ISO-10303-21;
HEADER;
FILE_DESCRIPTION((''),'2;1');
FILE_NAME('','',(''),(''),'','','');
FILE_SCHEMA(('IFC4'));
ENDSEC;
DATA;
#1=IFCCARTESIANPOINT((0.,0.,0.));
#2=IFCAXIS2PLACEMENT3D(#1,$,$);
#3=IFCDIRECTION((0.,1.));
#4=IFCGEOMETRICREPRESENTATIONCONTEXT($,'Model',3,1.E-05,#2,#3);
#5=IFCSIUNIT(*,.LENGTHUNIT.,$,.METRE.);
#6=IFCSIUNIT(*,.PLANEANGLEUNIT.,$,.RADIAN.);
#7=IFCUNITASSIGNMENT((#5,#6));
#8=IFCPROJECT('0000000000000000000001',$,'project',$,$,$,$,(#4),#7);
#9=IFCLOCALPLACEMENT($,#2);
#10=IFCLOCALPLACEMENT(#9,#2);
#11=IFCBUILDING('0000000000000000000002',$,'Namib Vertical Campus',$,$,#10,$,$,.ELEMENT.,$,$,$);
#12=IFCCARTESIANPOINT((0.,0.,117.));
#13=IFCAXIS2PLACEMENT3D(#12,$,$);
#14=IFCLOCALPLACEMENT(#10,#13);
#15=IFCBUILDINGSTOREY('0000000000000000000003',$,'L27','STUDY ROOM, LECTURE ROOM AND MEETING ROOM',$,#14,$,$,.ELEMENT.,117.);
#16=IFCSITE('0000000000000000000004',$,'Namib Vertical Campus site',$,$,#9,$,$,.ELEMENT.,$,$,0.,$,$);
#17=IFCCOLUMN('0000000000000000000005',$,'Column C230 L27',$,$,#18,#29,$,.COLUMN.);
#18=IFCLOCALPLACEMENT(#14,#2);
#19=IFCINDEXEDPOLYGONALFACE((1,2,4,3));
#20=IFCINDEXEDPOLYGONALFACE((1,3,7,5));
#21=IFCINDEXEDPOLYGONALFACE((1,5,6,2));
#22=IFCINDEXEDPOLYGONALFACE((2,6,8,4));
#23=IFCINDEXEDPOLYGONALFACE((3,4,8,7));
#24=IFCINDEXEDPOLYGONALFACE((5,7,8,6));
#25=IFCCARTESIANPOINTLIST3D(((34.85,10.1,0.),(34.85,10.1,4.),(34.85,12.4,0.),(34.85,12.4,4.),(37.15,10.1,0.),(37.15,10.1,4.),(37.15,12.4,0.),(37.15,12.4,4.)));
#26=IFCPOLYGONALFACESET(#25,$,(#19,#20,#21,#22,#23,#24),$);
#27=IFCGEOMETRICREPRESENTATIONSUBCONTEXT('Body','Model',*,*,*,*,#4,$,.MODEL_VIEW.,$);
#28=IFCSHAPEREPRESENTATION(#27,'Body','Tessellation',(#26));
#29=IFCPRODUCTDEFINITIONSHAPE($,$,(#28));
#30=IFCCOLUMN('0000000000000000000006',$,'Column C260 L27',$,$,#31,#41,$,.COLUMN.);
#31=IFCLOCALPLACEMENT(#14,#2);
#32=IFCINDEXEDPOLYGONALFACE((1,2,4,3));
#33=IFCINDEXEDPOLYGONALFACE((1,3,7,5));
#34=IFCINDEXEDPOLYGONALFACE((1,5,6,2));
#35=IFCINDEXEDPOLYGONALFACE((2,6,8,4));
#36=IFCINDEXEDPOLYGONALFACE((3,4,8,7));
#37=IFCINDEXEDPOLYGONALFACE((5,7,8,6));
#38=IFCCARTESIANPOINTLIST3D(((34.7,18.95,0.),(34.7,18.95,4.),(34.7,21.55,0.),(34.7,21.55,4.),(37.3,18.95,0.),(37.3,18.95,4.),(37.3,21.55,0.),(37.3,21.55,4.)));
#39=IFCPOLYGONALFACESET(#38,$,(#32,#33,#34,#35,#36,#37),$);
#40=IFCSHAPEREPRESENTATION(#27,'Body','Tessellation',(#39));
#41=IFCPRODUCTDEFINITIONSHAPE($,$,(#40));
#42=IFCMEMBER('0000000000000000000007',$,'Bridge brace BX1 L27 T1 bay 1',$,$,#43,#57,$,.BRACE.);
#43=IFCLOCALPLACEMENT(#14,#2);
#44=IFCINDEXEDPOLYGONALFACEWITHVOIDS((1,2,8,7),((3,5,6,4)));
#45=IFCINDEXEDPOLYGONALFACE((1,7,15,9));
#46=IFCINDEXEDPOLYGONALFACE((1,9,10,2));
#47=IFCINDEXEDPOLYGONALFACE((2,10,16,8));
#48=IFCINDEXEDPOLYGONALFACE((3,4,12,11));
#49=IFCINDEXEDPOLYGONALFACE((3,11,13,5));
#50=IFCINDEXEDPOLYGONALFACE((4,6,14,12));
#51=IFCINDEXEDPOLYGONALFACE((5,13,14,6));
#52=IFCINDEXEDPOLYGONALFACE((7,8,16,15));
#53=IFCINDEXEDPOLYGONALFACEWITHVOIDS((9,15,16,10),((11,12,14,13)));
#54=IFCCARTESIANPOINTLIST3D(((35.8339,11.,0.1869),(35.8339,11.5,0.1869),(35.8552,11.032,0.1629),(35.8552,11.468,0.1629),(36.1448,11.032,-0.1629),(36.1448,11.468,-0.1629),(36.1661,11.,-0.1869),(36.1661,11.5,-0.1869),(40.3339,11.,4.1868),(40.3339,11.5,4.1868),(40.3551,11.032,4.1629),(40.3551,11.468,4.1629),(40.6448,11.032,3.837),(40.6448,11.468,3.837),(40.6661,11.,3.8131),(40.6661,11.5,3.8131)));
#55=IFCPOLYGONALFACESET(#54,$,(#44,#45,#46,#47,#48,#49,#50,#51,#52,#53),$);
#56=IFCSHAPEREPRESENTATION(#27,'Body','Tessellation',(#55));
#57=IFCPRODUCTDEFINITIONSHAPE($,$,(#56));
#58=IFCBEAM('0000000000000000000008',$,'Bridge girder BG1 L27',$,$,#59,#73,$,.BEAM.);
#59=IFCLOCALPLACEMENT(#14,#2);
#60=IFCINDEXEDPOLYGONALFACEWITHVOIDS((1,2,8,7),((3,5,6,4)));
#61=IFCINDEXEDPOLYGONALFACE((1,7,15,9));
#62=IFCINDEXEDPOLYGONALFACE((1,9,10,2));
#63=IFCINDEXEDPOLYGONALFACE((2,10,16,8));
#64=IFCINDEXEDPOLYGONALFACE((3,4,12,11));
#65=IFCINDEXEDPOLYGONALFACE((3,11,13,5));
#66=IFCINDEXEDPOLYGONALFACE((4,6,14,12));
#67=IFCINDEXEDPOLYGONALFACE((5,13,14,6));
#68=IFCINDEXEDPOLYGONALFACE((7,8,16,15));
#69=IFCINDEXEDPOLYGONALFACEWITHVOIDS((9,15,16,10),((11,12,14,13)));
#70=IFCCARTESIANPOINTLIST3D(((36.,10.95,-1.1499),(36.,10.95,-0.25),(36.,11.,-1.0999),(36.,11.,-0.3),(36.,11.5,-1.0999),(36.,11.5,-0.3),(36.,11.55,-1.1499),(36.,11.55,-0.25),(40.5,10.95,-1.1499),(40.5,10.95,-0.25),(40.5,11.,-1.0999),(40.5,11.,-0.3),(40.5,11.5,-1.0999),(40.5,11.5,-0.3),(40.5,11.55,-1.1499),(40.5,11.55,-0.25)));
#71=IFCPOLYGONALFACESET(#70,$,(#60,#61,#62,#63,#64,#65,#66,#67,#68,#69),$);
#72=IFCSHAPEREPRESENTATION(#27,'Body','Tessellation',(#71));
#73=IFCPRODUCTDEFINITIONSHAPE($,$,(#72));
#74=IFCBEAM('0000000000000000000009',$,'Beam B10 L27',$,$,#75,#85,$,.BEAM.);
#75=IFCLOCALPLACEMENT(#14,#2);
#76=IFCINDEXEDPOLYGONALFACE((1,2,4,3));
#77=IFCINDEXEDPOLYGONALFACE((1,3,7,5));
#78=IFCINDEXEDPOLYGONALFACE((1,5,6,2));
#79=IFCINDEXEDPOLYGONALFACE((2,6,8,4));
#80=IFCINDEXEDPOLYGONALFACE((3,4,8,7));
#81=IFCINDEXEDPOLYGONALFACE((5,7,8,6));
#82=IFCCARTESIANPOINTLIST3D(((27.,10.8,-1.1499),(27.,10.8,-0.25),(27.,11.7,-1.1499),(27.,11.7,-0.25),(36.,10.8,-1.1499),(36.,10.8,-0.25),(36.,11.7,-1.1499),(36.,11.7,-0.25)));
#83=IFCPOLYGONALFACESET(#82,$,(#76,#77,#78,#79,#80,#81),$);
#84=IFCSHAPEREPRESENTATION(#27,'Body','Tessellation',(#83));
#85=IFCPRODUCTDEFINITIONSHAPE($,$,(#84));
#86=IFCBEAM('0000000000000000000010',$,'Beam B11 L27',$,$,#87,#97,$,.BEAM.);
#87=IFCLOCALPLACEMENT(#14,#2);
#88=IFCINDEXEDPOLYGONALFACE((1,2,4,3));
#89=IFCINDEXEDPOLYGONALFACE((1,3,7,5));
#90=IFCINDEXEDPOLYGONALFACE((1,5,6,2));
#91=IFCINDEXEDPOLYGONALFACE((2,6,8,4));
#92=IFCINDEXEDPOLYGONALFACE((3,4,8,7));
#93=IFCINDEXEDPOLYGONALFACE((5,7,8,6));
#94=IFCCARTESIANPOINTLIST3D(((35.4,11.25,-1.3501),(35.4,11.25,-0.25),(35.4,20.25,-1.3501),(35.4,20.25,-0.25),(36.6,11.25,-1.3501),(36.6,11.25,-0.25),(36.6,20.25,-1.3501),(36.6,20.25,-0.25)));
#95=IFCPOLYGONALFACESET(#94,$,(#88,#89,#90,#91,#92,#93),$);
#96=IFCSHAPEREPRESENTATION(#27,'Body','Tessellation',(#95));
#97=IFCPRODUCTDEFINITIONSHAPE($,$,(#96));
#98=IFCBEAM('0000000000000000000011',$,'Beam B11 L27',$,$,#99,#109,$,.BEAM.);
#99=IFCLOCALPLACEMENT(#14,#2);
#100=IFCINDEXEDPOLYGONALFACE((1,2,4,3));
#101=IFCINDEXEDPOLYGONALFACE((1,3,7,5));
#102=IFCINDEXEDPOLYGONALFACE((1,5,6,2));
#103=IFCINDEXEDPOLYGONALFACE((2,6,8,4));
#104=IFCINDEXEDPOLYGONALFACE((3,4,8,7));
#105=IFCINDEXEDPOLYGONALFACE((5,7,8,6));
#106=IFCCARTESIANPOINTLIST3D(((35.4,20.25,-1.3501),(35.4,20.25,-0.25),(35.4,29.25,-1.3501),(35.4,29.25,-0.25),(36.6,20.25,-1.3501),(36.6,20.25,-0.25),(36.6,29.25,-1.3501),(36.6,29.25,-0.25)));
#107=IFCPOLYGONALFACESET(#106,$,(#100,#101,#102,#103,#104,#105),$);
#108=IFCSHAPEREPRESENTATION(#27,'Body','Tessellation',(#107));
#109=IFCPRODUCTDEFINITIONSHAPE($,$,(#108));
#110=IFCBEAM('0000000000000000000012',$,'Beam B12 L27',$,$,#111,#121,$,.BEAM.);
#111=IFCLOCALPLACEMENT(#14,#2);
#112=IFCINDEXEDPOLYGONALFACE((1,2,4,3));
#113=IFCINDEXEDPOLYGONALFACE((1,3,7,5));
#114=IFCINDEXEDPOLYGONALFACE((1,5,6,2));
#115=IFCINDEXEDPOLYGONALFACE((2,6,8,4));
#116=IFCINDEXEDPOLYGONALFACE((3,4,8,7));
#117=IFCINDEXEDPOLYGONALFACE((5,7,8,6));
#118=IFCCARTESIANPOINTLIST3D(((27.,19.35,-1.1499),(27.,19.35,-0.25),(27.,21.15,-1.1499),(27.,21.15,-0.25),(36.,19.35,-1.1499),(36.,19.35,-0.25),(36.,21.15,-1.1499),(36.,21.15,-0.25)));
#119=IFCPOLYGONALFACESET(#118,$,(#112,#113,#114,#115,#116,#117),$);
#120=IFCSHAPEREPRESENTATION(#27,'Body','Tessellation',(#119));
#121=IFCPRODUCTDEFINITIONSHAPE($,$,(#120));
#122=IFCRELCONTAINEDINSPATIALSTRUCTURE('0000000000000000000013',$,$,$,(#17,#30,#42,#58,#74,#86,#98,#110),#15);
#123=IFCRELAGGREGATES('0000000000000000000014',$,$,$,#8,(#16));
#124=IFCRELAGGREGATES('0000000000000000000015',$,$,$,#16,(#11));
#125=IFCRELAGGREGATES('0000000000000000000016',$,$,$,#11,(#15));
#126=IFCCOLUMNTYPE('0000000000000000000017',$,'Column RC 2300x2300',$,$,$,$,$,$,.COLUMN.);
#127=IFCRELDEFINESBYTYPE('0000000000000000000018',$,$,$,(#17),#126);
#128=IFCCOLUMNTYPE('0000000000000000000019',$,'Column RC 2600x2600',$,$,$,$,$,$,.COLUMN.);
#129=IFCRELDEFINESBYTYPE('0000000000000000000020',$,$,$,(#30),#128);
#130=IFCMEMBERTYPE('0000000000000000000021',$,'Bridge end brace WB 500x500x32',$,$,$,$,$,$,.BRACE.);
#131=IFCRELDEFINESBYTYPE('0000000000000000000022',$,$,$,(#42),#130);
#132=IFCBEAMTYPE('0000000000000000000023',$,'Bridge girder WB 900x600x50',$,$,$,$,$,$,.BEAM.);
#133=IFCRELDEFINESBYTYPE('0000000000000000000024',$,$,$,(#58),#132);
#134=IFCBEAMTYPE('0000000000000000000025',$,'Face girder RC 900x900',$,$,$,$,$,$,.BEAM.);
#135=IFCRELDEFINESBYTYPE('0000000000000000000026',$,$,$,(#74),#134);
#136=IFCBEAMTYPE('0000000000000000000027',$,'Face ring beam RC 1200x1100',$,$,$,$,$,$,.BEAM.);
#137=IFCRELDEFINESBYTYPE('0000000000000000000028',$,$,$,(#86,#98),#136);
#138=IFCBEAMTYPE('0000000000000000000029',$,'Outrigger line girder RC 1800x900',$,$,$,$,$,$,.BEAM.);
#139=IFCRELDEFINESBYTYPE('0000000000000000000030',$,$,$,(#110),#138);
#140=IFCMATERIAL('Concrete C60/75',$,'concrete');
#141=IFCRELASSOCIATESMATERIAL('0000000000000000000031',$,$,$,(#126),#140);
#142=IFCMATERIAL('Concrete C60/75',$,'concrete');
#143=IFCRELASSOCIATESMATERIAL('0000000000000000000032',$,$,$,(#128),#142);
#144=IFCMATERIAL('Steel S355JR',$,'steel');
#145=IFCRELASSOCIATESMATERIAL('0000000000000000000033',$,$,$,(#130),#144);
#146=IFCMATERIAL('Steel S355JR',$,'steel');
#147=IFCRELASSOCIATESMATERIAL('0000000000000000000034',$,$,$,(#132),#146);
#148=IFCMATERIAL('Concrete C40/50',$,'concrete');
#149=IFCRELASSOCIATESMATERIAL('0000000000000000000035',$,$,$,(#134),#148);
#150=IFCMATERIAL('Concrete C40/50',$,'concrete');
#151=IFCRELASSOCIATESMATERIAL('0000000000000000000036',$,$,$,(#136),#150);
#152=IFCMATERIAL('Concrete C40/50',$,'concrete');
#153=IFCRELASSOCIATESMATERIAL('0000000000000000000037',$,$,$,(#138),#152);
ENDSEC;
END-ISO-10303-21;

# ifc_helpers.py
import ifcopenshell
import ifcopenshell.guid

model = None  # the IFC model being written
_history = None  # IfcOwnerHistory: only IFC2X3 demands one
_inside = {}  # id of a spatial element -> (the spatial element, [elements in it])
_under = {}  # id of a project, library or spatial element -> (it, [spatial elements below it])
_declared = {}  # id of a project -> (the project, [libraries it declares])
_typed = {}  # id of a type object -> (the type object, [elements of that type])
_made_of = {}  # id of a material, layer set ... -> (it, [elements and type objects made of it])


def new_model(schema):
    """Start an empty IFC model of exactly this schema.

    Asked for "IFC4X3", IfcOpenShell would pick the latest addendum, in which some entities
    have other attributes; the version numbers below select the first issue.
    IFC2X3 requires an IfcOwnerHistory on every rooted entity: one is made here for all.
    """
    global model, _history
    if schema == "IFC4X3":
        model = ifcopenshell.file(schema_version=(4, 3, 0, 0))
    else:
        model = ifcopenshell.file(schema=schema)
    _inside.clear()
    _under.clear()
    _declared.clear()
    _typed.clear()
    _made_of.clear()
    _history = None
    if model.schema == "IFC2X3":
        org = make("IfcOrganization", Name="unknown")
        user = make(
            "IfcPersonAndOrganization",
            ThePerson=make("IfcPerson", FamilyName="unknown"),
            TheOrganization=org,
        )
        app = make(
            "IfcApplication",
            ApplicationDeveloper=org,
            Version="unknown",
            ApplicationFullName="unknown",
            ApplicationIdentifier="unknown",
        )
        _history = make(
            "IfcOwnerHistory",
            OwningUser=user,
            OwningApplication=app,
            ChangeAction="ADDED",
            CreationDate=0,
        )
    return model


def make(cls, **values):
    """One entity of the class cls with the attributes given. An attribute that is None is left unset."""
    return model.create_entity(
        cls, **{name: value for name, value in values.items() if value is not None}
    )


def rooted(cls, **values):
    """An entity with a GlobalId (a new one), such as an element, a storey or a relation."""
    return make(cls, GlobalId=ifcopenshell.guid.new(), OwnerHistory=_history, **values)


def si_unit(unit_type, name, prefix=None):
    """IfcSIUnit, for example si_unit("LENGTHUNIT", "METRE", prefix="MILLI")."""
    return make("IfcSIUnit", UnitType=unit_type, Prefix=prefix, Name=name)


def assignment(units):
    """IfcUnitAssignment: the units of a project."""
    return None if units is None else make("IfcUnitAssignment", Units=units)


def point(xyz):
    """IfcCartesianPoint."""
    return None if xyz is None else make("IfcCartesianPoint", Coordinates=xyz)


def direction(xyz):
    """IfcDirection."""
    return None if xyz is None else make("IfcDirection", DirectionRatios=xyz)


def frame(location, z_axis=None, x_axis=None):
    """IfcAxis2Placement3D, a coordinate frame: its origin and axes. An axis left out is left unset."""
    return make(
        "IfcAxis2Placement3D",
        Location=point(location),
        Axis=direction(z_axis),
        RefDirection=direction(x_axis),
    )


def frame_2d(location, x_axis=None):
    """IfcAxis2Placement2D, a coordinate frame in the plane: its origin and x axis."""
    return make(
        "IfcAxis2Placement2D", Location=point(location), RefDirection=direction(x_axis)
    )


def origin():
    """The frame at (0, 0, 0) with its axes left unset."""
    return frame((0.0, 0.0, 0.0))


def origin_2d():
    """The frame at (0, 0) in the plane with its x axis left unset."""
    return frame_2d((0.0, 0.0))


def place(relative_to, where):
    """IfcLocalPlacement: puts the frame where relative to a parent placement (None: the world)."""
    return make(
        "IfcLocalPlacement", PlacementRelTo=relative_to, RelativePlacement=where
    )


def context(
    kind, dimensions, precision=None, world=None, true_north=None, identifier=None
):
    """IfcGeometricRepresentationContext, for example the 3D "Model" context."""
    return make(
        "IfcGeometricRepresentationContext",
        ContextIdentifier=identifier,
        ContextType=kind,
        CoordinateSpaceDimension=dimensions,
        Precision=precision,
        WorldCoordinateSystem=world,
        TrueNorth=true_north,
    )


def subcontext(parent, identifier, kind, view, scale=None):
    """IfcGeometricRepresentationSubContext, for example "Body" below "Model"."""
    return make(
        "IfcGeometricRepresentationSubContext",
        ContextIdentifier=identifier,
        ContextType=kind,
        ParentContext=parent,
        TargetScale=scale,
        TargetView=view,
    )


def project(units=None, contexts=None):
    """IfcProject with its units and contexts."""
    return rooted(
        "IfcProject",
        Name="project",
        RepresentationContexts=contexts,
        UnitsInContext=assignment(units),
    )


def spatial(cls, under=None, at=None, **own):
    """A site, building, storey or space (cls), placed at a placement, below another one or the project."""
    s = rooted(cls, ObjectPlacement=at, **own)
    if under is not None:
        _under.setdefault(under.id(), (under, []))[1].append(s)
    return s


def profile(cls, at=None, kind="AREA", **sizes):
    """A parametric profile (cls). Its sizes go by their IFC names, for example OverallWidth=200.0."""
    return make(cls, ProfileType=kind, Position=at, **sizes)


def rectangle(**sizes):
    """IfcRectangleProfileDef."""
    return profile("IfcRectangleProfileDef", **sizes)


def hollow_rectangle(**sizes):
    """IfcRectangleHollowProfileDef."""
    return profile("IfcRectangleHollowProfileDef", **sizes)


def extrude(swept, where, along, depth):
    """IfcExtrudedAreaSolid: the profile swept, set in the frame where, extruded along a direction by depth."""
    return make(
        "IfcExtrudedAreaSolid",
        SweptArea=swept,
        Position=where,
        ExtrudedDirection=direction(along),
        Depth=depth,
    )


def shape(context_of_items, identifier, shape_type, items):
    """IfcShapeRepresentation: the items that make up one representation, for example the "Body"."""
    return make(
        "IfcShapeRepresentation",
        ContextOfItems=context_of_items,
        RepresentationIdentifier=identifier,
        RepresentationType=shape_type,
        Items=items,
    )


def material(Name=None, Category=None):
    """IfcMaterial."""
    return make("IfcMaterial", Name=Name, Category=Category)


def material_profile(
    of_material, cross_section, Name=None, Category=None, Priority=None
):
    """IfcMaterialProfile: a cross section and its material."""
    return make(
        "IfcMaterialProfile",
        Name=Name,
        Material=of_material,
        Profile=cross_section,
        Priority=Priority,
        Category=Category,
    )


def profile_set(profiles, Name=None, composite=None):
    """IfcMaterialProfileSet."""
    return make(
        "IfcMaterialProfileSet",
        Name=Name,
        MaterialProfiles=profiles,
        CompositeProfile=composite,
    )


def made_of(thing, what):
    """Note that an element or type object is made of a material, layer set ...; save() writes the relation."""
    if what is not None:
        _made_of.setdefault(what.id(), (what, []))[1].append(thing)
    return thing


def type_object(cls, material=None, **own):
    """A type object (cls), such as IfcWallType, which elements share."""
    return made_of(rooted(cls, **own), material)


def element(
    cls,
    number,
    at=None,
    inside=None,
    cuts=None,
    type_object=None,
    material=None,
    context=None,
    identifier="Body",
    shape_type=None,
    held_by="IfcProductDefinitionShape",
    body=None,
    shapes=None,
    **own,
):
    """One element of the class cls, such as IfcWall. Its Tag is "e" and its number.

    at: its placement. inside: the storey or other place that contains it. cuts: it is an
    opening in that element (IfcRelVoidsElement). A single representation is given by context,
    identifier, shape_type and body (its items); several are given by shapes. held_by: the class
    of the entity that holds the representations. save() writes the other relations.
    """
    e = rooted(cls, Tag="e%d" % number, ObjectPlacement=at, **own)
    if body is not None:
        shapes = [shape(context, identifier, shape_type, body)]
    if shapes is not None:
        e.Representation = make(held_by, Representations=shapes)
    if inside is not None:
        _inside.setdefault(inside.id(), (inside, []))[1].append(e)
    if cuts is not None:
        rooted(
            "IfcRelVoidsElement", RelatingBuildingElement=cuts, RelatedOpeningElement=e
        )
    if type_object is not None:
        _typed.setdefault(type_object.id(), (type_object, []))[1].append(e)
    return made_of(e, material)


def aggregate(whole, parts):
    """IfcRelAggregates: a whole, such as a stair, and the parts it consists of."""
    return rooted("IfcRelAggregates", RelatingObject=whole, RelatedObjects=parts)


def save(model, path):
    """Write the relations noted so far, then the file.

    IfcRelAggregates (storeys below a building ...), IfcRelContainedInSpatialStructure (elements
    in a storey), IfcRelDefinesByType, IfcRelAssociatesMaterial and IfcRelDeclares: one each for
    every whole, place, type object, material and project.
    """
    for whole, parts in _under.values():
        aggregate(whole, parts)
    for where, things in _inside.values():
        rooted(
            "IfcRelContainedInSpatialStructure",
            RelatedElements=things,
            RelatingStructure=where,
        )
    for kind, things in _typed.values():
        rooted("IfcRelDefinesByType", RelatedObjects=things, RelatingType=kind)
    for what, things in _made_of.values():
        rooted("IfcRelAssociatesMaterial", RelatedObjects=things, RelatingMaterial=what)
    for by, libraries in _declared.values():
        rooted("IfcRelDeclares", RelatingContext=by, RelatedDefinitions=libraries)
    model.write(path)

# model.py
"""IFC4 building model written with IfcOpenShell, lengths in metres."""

from ifc_helpers import new_model, si_unit, direction, frame, origin, origin_2d, place, context, subcontext, project, spatial, rectangle, hollow_rectangle, extrude, material, material_profile, profile_set, type_object, element, save


model = new_model("IFC4")

# Units and contexts
model_context = context("Model", 3, precision=1e-05, world=origin(), true_north=direction((0.0, 1.0)))
body_context = subcontext(model_context, "Body", "Model", "MODEL_VIEW")
ifc_project = project(units=[si_unit("LENGTHUNIT", "METRE"), si_unit("PLANEANGLEUNIT", "RADIAN")], contexts=[model_context])

# Site, building, storey
site_placement = place(None, origin())
site = spatial("IfcSite", under=ifc_project, at=site_placement, Name="Namib Vertical Campus site", CompositionType="ELEMENT", RefElevation=0.0)
building_placement = place(site_placement, origin())
building = spatial("IfcBuilding", under=site, at=building_placement, Name="Namib Vertical Campus", CompositionType="ELEMENT")
storey_placement = place(building_placement, frame((0.0, 0.0, 117.0)))
storey = spatial("IfcBuildingStorey", under=building, at=storey_placement, Name="L27", Description="STUDY ROOM, LECTURE ROOM AND MEETING ROOM", CompositionType="ELEMENT", Elevation=117.0)

# Columns
ifc_material_1 = material(Name="Concrete C60/75", Category="concrete")
ifc_material_profile_1 = material_profile(ifc_material_1, rectangle(XDim=2.3, YDim=2.3, at=origin_2d()))
ifc_profile_set_1 = profile_set([ifc_material_profile_1], Name="Concrete C60/75")
column_type_1 = type_object("IfcColumnType", Name="Column RC 2300x2300", PredefinedType="COLUMN", material=ifc_profile_set_1)
column_1_placement = place(storey_placement, frame((36.0, 11.25, 0.0), z_axis=(0.0, 0.0, 1.0), x_axis=(1.0, 0.0, 0.0)))
element("IfcColumn", 1, at=column_1_placement, inside=storey, type_object=column_type_1, Name="Column C230 L27", PredefinedType="COLUMN", context=body_context, shape_type="SweptSolid", body=[
    extrude(rectangle(XDim=2.3, YDim=2.3, at=origin_2d()), origin(), (0.0, 0.0, 1.0), 4.0),
])
ifc_material_2 = material(Name="Concrete C60/75", Category="concrete")
ifc_material_profile_2 = material_profile(ifc_material_2, rectangle(XDim=2.6001, YDim=2.6001, at=origin_2d()))
ifc_profile_set_2 = profile_set([ifc_material_profile_2], Name="Concrete C60/75")
column_type_2 = type_object("IfcColumnType", Name="Column RC 2600x2600", PredefinedType="COLUMN", material=ifc_profile_set_2)
column_2_placement = place(storey_placement, frame((36.0, 20.25, 0.0), z_axis=(0.0, 0.0, 1.0), x_axis=(1.0, 0.0, 0.0)))
element("IfcColumn", 2, at=column_2_placement, inside=storey, type_object=column_type_2, Name="Column C260 L27", PredefinedType="COLUMN", context=body_context, shape_type="SweptSolid", body=[
    extrude(rectangle(XDim=2.6001, YDim=2.6001, at=origin_2d()), origin(), (0.0, 0.0, 1.0), 4.0),
])

# Member
ifc_material_3 = material(Name="Steel S355JR", Category="steel")
ifc_material_profile_3 = material_profile(ifc_material_3, hollow_rectangle(XDim=0.5, YDim=0.5, WallThickness=0.032, at=origin_2d()))
ifc_profile_set_3 = profile_set([ifc_material_profile_3], Name="Steel S355JR")
member_type = type_object("IfcMemberType", Name="Bridge end brace WB 500x500x32", PredefinedType="BRACE", material=ifc_profile_set_3)
member_placement = place(storey_placement, frame((36.0, 11.25, 0.0), z_axis=(0.747409, 0.0, 0.664364), x_axis=(0.0, 1.0, 0.0)))
element("IfcMember", 3, at=member_placement, inside=storey, type_object=member_type, Name="Bridge brace BX1 L27 T1 bay 1", PredefinedType="BRACE", context=body_context, shape_type="SweptSolid", body=[
    extrude(hollow_rectangle(XDim=0.5, YDim=0.5, WallThickness=0.032, at=origin_2d()), origin(), (0.0, 0.0, 1.0), 6.0208),
])

# Beams
ifc_material_4 = material(Name="Steel S355JR", Category="steel")
ifc_material_profile_4 = material_profile(ifc_material_4, hollow_rectangle(XDim=0.6001, YDim=0.8999, WallThickness=0.05, at=origin_2d()))
ifc_profile_set_4 = profile_set([ifc_material_profile_4], Name="Steel S355JR")
beam_type_1 = type_object("IfcBeamType", Name="Bridge girder WB 900x600x50", PredefinedType="BEAM", material=ifc_profile_set_4)
beam_1_placement = place(storey_placement, frame((36.0, 11.25, -0.7), z_axis=(1.0, 0.0, 0.0), x_axis=(0.0, 1.0, 0.0)))
element("IfcBeam", 4, at=beam_1_placement, inside=storey, type_object=beam_type_1, Name="Bridge girder BG1 L27", PredefinedType="BEAM", context=body_context, shape_type="SweptSolid", body=[
    extrude(hollow_rectangle(XDim=0.6001, YDim=0.8999, WallThickness=0.05, at=origin_2d()), origin(), (0.0, 0.0, 1.0), 4.5),
])
ifc_material_5 = material(Name="Concrete C40/50", Category="concrete")
ifc_material_profile_5 = material_profile(ifc_material_5, rectangle(XDim=0.8999, YDim=0.8999, at=origin_2d()))
ifc_profile_set_5 = profile_set([ifc_material_profile_5], Name="Concrete C40/50")
beam_type_2 = type_object("IfcBeamType", Name="Face girder RC 900x900", PredefinedType="BEAM", material=ifc_profile_set_5)
beam_2_placement = place(storey_placement, frame((36.0, 11.25, -0.7), z_axis=(-1.0, 0.0, 0.0), x_axis=(0.0, -1.0, 0.0)))
element("IfcBeam", 5, at=beam_2_placement, inside=storey, type_object=beam_type_2, Name="Beam B10 L27", PredefinedType="BEAM", context=body_context, shape_type="SweptSolid", body=[
    extrude(rectangle(XDim=0.8999, YDim=0.8999, at=origin_2d()), origin(), (0.0, 0.0, 1.0), 9.0),
])
ifc_material_6 = material(Name="Concrete C40/50", Category="concrete")
ifc_material_profile_6 = material_profile(ifc_material_6, rectangle(XDim=1.2, YDim=1.1001, at=origin_2d()))
ifc_profile_set_6 = profile_set([ifc_material_profile_6], Name="Concrete C40/50")
beam_type_3 = type_object("IfcBeamType", Name="Face ring beam RC 1200x1100", PredefinedType="BEAM", material=ifc_profile_set_6)
for number, where, z_axis, x_axis, name in (
    (6, (36.0, 11.25, -0.8), (0.0, 1.0, 0.0), (-1.0, 0.0, 0.0), "Beam B11 L27"),
    (7, (36.0, 20.25, -0.8), (0.0, 1.0, 0.0), (-1.0, 0.0, 0.0), "Beam B11 L27"),
):
    element("IfcBeam", number, at=place(storey_placement, frame(where, z_axis=z_axis, x_axis=x_axis)), inside=storey, type_object=beam_type_3, Name=name, PredefinedType="BEAM", context=body_context, shape_type="SweptSolid", body=[
        extrude(rectangle(XDim=1.2, YDim=1.1001, at=origin_2d()), origin(), (0.0, 0.0, 1.0), 9.0),
    ])
ifc_material_7 = material(Name="Concrete C40/50", Category="concrete")
ifc_material_profile_7 = material_profile(ifc_material_7, rectangle(XDim=1.8, YDim=0.8999, at=origin_2d()))
ifc_profile_set_7 = profile_set([ifc_material_profile_7], Name="Concrete C40/50")
beam_type_4 = type_object("IfcBeamType", Name="Outrigger line girder RC 1800x900", PredefinedType="BEAM", material=ifc_profile_set_7)
beam_3_placement = place(storey_placement, frame((36.0, 20.25, -0.7), z_axis=(-1.0, 0.0, 0.0), x_axis=(0.0, -1.0, 0.0)))
element("IfcBeam", 8, at=beam_3_placement, inside=storey, type_object=beam_type_4, Name="Beam B12 L27", PredefinedType="BEAM", context=body_context, shape_type="SweptSolid", body=[
    extrude(rectangle(XDim=1.8, YDim=0.8999, at=origin_2d()), origin(), (0.0, 0.0, 1.0), 9.0),
])

save(model, "model.ifc")
